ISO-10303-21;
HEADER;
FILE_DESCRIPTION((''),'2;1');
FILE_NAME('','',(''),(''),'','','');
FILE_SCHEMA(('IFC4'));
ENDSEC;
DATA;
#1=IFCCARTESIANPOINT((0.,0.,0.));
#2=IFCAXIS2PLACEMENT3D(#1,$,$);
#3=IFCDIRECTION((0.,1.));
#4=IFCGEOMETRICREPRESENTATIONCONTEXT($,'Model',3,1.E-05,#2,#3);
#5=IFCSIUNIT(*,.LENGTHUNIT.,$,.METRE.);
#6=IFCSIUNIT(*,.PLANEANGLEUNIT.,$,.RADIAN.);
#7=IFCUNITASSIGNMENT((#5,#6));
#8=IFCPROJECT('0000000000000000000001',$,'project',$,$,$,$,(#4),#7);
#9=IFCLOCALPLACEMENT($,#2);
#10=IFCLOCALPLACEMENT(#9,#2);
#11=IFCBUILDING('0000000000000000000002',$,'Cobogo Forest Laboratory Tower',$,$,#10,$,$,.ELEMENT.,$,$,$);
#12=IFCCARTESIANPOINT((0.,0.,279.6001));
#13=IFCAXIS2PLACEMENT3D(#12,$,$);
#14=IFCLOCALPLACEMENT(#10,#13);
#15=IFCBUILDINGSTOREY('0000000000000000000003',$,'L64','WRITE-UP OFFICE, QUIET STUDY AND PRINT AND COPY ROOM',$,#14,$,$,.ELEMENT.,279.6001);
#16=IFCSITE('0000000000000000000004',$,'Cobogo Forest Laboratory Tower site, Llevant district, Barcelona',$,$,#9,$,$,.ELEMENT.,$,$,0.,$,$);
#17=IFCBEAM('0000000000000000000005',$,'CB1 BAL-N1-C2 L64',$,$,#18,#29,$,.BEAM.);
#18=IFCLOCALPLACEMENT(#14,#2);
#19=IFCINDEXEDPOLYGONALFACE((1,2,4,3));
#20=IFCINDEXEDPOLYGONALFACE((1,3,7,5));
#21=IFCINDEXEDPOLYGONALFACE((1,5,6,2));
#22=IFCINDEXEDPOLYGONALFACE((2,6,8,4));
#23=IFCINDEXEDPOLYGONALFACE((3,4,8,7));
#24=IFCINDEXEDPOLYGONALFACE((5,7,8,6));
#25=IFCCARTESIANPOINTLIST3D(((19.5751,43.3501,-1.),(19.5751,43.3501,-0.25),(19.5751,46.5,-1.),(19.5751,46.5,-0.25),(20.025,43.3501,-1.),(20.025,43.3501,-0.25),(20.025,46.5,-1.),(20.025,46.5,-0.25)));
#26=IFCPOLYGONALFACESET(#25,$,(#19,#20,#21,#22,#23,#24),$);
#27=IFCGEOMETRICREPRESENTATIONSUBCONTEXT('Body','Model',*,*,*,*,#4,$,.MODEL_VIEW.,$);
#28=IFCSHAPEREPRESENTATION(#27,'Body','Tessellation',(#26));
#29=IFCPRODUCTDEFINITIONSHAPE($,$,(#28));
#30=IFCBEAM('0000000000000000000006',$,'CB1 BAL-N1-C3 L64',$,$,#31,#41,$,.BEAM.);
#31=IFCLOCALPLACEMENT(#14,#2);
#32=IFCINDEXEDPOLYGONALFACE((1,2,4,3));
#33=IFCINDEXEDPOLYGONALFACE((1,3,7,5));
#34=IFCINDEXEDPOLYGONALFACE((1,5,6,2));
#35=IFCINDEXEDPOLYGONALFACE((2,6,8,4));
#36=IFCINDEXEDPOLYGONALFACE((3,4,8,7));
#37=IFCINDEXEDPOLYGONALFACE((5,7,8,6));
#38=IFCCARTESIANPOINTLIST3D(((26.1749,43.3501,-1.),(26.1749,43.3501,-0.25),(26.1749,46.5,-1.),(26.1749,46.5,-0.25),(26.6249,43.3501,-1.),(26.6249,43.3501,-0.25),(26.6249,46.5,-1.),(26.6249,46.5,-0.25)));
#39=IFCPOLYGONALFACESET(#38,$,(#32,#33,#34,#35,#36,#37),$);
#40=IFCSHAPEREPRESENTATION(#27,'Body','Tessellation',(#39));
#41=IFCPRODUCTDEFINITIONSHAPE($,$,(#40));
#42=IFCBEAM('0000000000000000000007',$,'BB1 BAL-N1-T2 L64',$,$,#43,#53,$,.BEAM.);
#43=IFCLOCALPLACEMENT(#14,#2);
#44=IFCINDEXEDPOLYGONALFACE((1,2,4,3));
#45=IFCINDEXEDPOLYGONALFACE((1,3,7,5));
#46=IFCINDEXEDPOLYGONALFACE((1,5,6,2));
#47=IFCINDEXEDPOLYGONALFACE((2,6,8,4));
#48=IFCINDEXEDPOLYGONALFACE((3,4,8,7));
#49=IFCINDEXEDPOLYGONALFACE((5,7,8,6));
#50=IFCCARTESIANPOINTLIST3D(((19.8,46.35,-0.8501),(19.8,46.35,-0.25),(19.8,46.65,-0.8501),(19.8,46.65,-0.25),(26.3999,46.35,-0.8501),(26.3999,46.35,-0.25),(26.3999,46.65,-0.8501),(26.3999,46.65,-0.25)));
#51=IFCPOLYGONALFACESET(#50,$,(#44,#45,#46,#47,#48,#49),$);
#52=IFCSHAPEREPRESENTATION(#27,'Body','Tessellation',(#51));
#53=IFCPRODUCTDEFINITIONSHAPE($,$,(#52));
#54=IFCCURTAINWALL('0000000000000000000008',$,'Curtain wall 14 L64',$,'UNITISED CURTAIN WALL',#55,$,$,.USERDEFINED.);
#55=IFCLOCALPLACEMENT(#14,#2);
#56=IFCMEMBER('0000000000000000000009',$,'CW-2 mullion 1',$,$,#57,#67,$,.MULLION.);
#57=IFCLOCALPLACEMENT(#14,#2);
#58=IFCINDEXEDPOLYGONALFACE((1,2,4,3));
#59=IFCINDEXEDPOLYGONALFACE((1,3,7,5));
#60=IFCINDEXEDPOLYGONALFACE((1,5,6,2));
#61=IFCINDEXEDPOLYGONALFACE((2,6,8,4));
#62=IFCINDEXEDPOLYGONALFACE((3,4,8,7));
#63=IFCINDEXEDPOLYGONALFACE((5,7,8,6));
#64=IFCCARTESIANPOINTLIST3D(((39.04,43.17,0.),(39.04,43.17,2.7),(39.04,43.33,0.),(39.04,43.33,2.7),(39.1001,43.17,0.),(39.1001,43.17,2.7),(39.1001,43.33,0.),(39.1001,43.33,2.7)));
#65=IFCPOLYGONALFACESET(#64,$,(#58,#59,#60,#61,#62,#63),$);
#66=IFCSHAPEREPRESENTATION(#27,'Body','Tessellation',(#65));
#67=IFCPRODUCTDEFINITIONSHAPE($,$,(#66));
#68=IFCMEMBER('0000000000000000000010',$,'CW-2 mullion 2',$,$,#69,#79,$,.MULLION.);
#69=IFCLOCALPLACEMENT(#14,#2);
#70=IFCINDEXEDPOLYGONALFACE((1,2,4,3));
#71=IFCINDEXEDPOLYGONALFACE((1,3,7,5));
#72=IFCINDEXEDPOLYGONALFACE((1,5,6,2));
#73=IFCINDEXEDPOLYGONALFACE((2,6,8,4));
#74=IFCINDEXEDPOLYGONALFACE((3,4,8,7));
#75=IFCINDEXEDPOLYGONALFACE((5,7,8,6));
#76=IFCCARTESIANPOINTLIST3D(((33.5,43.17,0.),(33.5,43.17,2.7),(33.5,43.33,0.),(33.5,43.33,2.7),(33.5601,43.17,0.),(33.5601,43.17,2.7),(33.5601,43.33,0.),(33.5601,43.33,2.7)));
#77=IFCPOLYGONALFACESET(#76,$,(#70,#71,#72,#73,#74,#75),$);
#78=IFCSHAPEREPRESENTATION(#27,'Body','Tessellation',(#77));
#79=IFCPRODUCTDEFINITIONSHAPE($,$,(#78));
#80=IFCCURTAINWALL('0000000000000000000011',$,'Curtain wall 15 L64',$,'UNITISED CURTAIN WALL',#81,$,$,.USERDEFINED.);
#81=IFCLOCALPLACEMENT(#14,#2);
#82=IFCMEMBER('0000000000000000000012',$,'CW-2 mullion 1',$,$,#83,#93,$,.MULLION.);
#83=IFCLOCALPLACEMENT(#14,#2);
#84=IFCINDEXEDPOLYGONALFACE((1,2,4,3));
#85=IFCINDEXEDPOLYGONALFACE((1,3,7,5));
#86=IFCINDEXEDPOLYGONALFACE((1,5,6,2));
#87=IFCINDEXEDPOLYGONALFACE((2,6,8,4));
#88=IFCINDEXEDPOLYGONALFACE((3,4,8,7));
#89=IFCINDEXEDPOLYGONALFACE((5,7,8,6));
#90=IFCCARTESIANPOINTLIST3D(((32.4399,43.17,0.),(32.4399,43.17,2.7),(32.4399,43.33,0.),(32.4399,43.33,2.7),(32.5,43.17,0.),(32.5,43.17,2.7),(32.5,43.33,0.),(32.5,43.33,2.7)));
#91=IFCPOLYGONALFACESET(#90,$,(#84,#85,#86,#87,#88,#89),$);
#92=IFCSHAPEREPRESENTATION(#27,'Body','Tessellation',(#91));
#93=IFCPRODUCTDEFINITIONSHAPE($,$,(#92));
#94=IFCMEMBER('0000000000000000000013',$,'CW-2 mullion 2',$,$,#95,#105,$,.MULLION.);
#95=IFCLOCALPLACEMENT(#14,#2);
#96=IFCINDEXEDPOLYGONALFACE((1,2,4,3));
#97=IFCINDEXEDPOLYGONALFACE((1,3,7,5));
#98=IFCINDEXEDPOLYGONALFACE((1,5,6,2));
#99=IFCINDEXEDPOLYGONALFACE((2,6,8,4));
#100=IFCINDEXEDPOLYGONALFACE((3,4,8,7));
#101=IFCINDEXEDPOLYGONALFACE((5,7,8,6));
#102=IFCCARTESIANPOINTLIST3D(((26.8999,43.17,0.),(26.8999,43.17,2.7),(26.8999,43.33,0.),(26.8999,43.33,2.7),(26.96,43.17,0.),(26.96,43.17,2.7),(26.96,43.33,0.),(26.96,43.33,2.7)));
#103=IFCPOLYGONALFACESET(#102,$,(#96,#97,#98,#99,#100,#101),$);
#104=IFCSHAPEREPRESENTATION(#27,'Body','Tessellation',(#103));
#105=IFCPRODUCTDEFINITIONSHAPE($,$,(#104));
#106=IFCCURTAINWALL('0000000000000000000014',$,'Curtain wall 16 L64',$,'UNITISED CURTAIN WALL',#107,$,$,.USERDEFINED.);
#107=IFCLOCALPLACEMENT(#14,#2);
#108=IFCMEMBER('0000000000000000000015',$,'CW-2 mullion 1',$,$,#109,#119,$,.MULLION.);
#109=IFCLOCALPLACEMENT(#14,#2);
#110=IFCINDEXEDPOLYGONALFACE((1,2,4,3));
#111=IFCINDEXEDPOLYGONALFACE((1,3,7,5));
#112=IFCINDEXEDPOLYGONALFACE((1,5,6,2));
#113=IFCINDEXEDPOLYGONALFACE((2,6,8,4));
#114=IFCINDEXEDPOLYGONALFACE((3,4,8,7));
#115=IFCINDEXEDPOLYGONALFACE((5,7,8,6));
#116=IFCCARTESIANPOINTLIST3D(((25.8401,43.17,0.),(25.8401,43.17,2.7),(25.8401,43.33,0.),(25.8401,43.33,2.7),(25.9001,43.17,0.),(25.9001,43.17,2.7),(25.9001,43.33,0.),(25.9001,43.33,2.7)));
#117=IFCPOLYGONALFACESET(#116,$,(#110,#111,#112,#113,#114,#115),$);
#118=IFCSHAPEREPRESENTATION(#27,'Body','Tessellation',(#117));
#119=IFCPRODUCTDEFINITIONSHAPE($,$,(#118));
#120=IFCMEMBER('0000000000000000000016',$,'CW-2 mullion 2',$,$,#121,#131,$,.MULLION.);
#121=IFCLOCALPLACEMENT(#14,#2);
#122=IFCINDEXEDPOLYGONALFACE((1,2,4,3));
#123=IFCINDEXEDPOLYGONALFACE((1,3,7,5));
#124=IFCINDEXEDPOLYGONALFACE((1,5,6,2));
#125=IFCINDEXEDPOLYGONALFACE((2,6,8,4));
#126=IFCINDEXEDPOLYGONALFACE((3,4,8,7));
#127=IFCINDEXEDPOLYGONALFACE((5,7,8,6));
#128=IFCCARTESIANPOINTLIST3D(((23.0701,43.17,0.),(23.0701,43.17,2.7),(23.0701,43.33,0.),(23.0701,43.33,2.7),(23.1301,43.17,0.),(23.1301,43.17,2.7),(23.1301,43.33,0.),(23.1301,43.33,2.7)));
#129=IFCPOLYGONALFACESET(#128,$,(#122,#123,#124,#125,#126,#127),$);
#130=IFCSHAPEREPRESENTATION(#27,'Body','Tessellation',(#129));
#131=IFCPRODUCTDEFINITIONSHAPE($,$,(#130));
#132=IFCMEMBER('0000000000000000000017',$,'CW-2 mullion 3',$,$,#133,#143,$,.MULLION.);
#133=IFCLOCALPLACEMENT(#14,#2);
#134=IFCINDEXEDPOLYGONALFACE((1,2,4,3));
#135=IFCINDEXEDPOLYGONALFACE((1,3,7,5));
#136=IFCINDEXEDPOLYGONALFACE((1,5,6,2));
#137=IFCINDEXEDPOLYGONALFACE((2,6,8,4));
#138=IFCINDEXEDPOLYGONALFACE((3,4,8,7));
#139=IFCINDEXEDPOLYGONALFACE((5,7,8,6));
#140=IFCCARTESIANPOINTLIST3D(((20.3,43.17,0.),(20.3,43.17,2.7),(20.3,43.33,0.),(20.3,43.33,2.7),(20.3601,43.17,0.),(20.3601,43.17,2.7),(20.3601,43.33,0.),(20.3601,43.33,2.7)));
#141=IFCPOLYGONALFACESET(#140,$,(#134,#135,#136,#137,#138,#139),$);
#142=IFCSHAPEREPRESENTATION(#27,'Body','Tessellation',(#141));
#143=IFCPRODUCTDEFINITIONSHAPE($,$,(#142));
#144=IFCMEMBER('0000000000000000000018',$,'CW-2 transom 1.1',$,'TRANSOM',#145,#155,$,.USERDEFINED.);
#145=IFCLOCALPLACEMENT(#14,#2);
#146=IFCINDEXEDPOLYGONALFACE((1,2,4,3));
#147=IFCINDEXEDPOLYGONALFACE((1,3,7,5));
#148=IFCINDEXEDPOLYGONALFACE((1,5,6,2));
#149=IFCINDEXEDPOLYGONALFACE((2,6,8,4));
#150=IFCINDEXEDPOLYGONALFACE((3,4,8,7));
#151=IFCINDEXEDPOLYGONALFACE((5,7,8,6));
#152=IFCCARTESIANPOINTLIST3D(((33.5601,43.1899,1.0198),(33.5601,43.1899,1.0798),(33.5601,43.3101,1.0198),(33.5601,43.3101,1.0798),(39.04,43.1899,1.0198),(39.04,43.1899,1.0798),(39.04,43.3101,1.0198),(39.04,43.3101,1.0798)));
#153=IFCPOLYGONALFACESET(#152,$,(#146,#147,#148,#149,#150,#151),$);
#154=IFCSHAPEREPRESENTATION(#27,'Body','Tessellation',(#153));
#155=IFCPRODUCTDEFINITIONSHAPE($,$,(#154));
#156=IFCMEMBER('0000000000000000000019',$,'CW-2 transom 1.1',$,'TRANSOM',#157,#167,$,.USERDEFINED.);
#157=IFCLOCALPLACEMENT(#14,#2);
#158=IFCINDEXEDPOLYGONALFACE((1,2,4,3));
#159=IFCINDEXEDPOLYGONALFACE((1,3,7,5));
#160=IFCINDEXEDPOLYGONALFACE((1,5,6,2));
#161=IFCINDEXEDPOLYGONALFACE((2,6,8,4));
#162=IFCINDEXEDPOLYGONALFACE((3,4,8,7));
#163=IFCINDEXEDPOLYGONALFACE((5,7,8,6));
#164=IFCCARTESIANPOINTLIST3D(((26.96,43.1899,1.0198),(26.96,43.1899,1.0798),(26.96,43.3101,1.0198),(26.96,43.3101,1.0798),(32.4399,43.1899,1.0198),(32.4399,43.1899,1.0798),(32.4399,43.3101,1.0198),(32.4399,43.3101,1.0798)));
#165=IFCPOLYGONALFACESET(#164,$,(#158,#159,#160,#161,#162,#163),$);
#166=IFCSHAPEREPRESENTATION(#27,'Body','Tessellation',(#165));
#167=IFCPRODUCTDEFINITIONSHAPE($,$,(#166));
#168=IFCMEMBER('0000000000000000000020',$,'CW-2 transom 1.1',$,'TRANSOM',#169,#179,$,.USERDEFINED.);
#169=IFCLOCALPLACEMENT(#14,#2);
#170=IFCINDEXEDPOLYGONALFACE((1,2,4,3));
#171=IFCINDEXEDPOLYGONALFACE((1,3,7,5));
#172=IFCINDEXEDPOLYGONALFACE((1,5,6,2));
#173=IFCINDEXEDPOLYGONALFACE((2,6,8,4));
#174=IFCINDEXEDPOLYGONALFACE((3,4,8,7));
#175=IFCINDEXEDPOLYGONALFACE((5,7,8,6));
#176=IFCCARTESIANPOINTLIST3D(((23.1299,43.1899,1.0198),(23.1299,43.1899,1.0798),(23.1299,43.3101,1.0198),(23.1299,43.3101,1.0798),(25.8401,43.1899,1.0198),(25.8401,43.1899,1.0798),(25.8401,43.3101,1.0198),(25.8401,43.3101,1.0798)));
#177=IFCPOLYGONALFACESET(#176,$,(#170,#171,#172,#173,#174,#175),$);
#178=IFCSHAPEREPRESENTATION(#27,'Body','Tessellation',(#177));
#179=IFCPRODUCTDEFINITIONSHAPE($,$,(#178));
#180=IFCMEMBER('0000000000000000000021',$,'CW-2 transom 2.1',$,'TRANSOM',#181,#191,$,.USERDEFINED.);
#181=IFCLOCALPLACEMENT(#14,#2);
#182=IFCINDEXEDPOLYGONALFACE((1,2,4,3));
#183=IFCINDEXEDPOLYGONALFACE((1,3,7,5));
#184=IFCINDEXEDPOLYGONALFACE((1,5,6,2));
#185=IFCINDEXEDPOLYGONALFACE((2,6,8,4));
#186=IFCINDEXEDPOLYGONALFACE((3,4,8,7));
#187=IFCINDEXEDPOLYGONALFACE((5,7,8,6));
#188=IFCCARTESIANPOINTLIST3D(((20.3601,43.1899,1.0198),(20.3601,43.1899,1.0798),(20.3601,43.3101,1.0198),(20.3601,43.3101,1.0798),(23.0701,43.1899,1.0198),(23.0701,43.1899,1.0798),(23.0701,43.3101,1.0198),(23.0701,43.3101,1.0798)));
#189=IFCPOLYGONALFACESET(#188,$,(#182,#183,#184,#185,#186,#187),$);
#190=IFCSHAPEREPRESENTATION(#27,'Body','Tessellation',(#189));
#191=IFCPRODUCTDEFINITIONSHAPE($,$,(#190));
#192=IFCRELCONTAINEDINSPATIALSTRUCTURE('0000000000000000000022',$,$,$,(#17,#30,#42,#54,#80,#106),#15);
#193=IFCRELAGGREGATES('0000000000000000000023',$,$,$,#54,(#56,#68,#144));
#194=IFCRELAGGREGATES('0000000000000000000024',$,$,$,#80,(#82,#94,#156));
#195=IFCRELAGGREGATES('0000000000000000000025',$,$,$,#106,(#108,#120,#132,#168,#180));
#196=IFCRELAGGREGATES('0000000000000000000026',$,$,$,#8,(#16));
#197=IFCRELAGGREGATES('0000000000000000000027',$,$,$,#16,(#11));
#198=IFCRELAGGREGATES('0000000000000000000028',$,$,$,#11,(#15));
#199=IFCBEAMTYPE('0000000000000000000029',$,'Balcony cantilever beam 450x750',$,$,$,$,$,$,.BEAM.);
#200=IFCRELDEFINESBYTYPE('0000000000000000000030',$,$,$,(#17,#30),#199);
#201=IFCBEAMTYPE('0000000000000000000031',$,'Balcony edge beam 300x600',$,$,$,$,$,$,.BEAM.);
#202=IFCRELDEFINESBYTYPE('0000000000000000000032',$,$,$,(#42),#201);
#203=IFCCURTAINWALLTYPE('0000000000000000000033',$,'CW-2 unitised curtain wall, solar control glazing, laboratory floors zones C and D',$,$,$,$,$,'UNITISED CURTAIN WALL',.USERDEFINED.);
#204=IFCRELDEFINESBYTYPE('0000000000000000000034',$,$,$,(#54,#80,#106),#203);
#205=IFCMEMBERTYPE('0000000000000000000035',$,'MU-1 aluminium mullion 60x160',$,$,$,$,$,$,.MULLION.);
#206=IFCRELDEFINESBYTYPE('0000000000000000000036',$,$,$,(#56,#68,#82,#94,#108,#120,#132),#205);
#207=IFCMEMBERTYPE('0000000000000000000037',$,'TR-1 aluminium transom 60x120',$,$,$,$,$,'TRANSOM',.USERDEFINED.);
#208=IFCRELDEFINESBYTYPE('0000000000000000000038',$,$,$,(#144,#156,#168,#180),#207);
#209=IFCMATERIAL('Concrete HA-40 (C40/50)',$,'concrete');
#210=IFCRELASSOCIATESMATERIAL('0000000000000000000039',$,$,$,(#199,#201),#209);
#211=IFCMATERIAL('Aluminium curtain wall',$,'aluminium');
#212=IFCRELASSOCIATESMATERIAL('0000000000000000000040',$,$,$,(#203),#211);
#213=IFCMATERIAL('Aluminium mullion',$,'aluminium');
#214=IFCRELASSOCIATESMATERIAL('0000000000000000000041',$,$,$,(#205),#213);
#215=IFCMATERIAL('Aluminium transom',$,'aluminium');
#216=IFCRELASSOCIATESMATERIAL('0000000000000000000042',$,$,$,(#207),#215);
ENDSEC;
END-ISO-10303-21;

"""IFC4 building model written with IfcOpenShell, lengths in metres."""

from ifc_helpers import new_model, si_unit, direction, frame, origin, origin_2d, place, context, subcontext, project, spatial, rectangle, extrude, material, material_profile, profile_set, type_object, element, aggregate, save


model = new_model("IFC4")

# Units and contexts
model_context = context("Model", 3, precision=1e-05, world=origin(), true_north=direction((0.0, 1.0)))
body_context = subcontext(model_context, "Body", "Model", "MODEL_VIEW")
ifc_project = project(units=[si_unit("LENGTHUNIT", "METRE"), si_unit("PLANEANGLEUNIT", "RADIAN")], contexts=[model_context])

# Site, building, storey
site_placement = place(None, origin())
site = spatial("IfcSite", under=ifc_project, at=site_placement, Name="Cobogo Forest Laboratory Tower site, Llevant district, Barcelona", CompositionType="ELEMENT", RefElevation=0.0)
building_placement = place(site_placement, origin())
building = spatial("IfcBuilding", under=site, at=building_placement, Name="Cobogo Forest Laboratory Tower", CompositionType="ELEMENT")
storey_placement = place(building_placement, frame((0.0, 0.0, 279.6001)))
storey = spatial("IfcBuildingStorey", under=building, at=storey_placement, Name="L64", Description="WRITE-UP OFFICE, QUIET STUDY AND PRINT AND COPY ROOM", CompositionType="ELEMENT", Elevation=279.6001)

# Beams
ifc_material_1 = material(Name="Concrete HA-40 (C40/50)", Category="concrete")
ifc_material_profile_1 = material_profile(ifc_material_1, rectangle(XDim=0.45, YDim=0.75, at=origin_2d()), Name="RC 450x750")
ifc_profile_set_1 = profile_set([ifc_material_profile_1], Name="Concrete HA-40 (C40/50)")
beam_type_1 = type_object("IfcBeamType", Name="Balcony cantilever beam 450x750", PredefinedType="BEAM", material=ifc_profile_set_1)
for number, where, z_axis, x_axis, name in (
    (1, (19.8, 43.3501, -0.625), (0.0, 1.0, 0.0), (-1.0, 0.0, 0.0), "CB1 BAL-N1-C2 L64"),
    (2, (26.3999, 43.3501, -0.625), (0.0, 1.0, 0.0), (-1.0, 0.0, 0.0), "CB1 BAL-N1-C3 L64"),
):
    element("IfcBeam", number, at=place(storey_placement, frame(where, z_axis=z_axis, x_axis=x_axis)), inside=storey, type_object=beam_type_1, Name=name, PredefinedType="BEAM", context=body_context, shape_type="SweptSolid", body=[
        extrude(rectangle(XDim=0.45, YDim=0.75, at=origin_2d()), origin(), (0.0, 0.0, 1.0), 3.1499),
    ])
ifc_material_profile_2 = material_profile(ifc_material_1, rectangle(XDim=0.3, YDim=0.6001, at=origin_2d()), Name="RC 300x600")
ifc_profile_set_2 = profile_set([ifc_material_profile_2], Name="Concrete HA-40 (C40/50)")
beam_type_2 = type_object("IfcBeamType", Name="Balcony edge beam 300x600", PredefinedType="BEAM", material=ifc_profile_set_2)
beam_placement = place(storey_placement, frame((19.8, 46.5, -0.55), z_axis=(1.0, 0.0, 0.0), x_axis=(0.0, 1.0, 0.0)))
element("IfcBeam", 3, at=beam_placement, inside=storey, type_object=beam_type_2, Name="BB1 BAL-N1-T2 L64", PredefinedType="BEAM", context=body_context, shape_type="SweptSolid", body=[
    extrude(rectangle(XDim=0.3, YDim=0.6001, at=origin_2d()), origin(), (0.0, 0.0, 1.0), 6.5999),
])

# Curtain walls, members
ifc_material_2 = material(Name="Aluminium curtain wall", Category="aluminium")
curtain_wall_type = type_object("IfcCurtainWallType", Name="CW-2 unitised curtain wall, solar control glazing, laboratory floors zones C and D", ElementType="UNITISED CURTAIN WALL", PredefinedType="USERDEFINED", material=ifc_material_2)
curtain_wall_1_placement = place(storey_placement, origin())
curtain_wall_1 = element("IfcCurtainWall", 4, at=curtain_wall_1_placement, inside=storey, type_object=curtain_wall_type, Name="Curtain wall 14 L64", ObjectType="UNITISED CURTAIN WALL", PredefinedType="USERDEFINED")
ifc_material_3 = material(Name="Aluminium mullion", Category="aluminium")
ifc_material_profile_3 = material_profile(ifc_material_3, rectangle(XDim=0.0601, YDim=0.1599, at=origin_2d()), Name="AL 60x160")
ifc_profile_set_3 = profile_set([ifc_material_profile_3], Name="Aluminium mullion")
member_type_1 = type_object("IfcMemberType", Name="MU-1 aluminium mullion 60x160", PredefinedType="MULLION", material=ifc_profile_set_3)
member_1_placement = place(storey_placement, frame((39.0701, 43.25, 0.0), z_axis=(0.0, 0.0, 1.0), x_axis=(-1.0, 0.0, 0.0)))
member_1 = element("IfcMember", 5, at=member_1_placement, type_object=member_type_1, Name="CW-2 mullion 1", PredefinedType="MULLION", context=body_context, shape_type="SweptSolid", body=[
    extrude(rectangle(XDim=0.0601, YDim=0.1599, at=origin_2d()), origin(), (0.0, 0.0, 1.0), 2.7),
])
member_2_placement = place(storey_placement, frame((33.53, 43.25, 0.0), z_axis=(0.0, 0.0, 1.0), x_axis=(-1.0, 0.0, 0.0)))
member_2 = element("IfcMember", 6, at=member_2_placement, type_object=member_type_1, Name="CW-2 mullion 2", PredefinedType="MULLION", context=body_context, shape_type="SweptSolid", body=[
    extrude(rectangle(XDim=0.0601, YDim=0.1599, at=origin_2d()), origin(), (0.0, 0.0, 1.0), 2.7),
])
curtain_wall_2_placement = place(storey_placement, origin())
curtain_wall_2 = element("IfcCurtainWall", 7, at=curtain_wall_2_placement, inside=storey, type_object=curtain_wall_type, Name="Curtain wall 15 L64", ObjectType="UNITISED CURTAIN WALL", PredefinedType="USERDEFINED")
member_3_placement = place(storey_placement, frame((32.47, 43.25, 0.0), z_axis=(0.0, 0.0, 1.0), x_axis=(-1.0, 0.0, 0.0)))
member_3 = element("IfcMember", 8, at=member_3_placement, type_object=member_type_1, Name="CW-2 mullion 1", PredefinedType="MULLION", context=body_context, shape_type="SweptSolid", body=[
    extrude(rectangle(XDim=0.0601, YDim=0.1599, at=origin_2d()), origin(), (0.0, 0.0, 1.0), 2.7),
])
member_4_placement = place(storey_placement, frame((26.9299, 43.25, 0.0), z_axis=(0.0, 0.0, 1.0), x_axis=(-1.0, 0.0, 0.0)))
member_4 = element("IfcMember", 9, at=member_4_placement, type_object=member_type_1, Name="CW-2 mullion 2", PredefinedType="MULLION", context=body_context, shape_type="SweptSolid", body=[
    extrude(rectangle(XDim=0.0601, YDim=0.1599, at=origin_2d()), origin(), (0.0, 0.0, 1.0), 2.7),
])
curtain_wall_3_placement = place(storey_placement, origin())
curtain_wall_3 = element("IfcCurtainWall", 10, at=curtain_wall_3_placement, inside=storey, type_object=curtain_wall_type, Name="Curtain wall 16 L64", ObjectType="UNITISED CURTAIN WALL", PredefinedType="USERDEFINED")
member_5_placement = place(storey_placement, frame((25.8701, 43.25, 0.0), z_axis=(0.0, 0.0, 1.0), x_axis=(-1.0, 0.0, 0.0)))
member_5 = element("IfcMember", 11, at=member_5_placement, type_object=member_type_1, Name="CW-2 mullion 1", PredefinedType="MULLION", context=body_context, shape_type="SweptSolid", body=[
    extrude(rectangle(XDim=0.0601, YDim=0.1599, at=origin_2d()), origin(), (0.0, 0.0, 1.0), 2.7),
])
member_6_placement = place(storey_placement, frame((23.1001, 43.25, 0.0), z_axis=(0.0, 0.0, 1.0), x_axis=(-1.0, 0.0, 0.0)))
member_6 = element("IfcMember", 12, at=member_6_placement, type_object=member_type_1, Name="CW-2 mullion 2", PredefinedType="MULLION", context=body_context, shape_type="SweptSolid", body=[
    extrude(rectangle(XDim=0.0601, YDim=0.1599, at=origin_2d()), origin(), (0.0, 0.0, 1.0), 2.7),
])
member_7_placement = place(storey_placement, frame((20.3301, 43.25, 0.0), z_axis=(0.0, 0.0, 1.0), x_axis=(-1.0, 0.0, 0.0)))
member_7 = element("IfcMember", 13, at=member_7_placement, type_object=member_type_1, Name="CW-2 mullion 3", PredefinedType="MULLION", context=body_context, shape_type="SweptSolid", body=[
    extrude(rectangle(XDim=0.0601, YDim=0.1599, at=origin_2d()), origin(), (0.0, 0.0, 1.0), 2.7),
])

# Members
ifc_material_4 = material(Name="Aluminium transom", Category="aluminium")
ifc_material_profile_4 = material_profile(ifc_material_4, rectangle(XDim=0.1201, YDim=0.0601, at=origin_2d()), Name="AL 60x120")
ifc_profile_set_4 = profile_set([ifc_material_profile_4], Name="Aluminium transom")
member_type_2 = type_object("IfcMemberType", Name="TR-1 aluminium transom 60x120", ElementType="TRANSOM", PredefinedType="USERDEFINED", material=ifc_profile_set_4)
member_8_placement = place(storey_placement, frame((39.04, 43.25, 1.0498), z_axis=(-1.0, 0.0, 0.0), x_axis=(0.0, -1.0, 0.0)))
member_8 = element("IfcMember", 14, at=member_8_placement, type_object=member_type_2, Name="CW-2 transom 1.1", ObjectType="TRANSOM", PredefinedType="USERDEFINED", context=body_context, shape_type="SweptSolid", body=[
    extrude(rectangle(XDim=0.1201, YDim=0.0601, at=origin_2d()), origin(), (0.0, 0.0, 1.0), 5.48),
])
member_9_placement = place(storey_placement, frame((32.4399, 43.25, 1.0498), z_axis=(-1.0, 0.0, 0.0), x_axis=(0.0, -1.0, 0.0)))
member_9 = element("IfcMember", 15, at=member_9_placement, type_object=member_type_2, Name="CW-2 transom 1.1", ObjectType="TRANSOM", PredefinedType="USERDEFINED", context=body_context, shape_type="SweptSolid", body=[
    extrude(rectangle(XDim=0.1201, YDim=0.0601, at=origin_2d()), origin(), (0.0, 0.0, 1.0), 5.48),
])
member_10_placement = place(storey_placement, frame((25.8401, 43.25, 1.0498), z_axis=(-1.0, 0.0, 0.0), x_axis=(0.0, -1.0, 0.0)))
member_10 = element("IfcMember", 16, at=member_10_placement, type_object=member_type_2, Name="CW-2 transom 1.1", ObjectType="TRANSOM", PredefinedType="USERDEFINED", context=body_context, shape_type="SweptSolid", body=[
    extrude(rectangle(XDim=0.1201, YDim=0.0601, at=origin_2d()), origin(), (0.0, 0.0, 1.0), 2.7102),
])
member_11_placement = place(storey_placement, frame((23.0701, 43.25, 1.0498), z_axis=(-1.0, 0.0, 0.0), x_axis=(0.0, -1.0, 0.0)))
member_11 = element("IfcMember", 17, at=member_11_placement, type_object=member_type_2, Name="CW-2 transom 2.1", ObjectType="TRANSOM", PredefinedType="USERDEFINED", context=body_context, shape_type="SweptSolid", body=[
    extrude(rectangle(XDim=0.1201, YDim=0.0601, at=origin_2d()), origin(), (0.0, 0.0, 1.0), 2.71),
])

aggregate(curtain_wall_1, [member_1, member_2, member_8])
aggregate(curtain_wall_2, [member_3, member_4, member_9])
aggregate(curtain_wall_3, [member_5, member_6, member_7, member_10, member_11])

save(model, "model.ifc")
